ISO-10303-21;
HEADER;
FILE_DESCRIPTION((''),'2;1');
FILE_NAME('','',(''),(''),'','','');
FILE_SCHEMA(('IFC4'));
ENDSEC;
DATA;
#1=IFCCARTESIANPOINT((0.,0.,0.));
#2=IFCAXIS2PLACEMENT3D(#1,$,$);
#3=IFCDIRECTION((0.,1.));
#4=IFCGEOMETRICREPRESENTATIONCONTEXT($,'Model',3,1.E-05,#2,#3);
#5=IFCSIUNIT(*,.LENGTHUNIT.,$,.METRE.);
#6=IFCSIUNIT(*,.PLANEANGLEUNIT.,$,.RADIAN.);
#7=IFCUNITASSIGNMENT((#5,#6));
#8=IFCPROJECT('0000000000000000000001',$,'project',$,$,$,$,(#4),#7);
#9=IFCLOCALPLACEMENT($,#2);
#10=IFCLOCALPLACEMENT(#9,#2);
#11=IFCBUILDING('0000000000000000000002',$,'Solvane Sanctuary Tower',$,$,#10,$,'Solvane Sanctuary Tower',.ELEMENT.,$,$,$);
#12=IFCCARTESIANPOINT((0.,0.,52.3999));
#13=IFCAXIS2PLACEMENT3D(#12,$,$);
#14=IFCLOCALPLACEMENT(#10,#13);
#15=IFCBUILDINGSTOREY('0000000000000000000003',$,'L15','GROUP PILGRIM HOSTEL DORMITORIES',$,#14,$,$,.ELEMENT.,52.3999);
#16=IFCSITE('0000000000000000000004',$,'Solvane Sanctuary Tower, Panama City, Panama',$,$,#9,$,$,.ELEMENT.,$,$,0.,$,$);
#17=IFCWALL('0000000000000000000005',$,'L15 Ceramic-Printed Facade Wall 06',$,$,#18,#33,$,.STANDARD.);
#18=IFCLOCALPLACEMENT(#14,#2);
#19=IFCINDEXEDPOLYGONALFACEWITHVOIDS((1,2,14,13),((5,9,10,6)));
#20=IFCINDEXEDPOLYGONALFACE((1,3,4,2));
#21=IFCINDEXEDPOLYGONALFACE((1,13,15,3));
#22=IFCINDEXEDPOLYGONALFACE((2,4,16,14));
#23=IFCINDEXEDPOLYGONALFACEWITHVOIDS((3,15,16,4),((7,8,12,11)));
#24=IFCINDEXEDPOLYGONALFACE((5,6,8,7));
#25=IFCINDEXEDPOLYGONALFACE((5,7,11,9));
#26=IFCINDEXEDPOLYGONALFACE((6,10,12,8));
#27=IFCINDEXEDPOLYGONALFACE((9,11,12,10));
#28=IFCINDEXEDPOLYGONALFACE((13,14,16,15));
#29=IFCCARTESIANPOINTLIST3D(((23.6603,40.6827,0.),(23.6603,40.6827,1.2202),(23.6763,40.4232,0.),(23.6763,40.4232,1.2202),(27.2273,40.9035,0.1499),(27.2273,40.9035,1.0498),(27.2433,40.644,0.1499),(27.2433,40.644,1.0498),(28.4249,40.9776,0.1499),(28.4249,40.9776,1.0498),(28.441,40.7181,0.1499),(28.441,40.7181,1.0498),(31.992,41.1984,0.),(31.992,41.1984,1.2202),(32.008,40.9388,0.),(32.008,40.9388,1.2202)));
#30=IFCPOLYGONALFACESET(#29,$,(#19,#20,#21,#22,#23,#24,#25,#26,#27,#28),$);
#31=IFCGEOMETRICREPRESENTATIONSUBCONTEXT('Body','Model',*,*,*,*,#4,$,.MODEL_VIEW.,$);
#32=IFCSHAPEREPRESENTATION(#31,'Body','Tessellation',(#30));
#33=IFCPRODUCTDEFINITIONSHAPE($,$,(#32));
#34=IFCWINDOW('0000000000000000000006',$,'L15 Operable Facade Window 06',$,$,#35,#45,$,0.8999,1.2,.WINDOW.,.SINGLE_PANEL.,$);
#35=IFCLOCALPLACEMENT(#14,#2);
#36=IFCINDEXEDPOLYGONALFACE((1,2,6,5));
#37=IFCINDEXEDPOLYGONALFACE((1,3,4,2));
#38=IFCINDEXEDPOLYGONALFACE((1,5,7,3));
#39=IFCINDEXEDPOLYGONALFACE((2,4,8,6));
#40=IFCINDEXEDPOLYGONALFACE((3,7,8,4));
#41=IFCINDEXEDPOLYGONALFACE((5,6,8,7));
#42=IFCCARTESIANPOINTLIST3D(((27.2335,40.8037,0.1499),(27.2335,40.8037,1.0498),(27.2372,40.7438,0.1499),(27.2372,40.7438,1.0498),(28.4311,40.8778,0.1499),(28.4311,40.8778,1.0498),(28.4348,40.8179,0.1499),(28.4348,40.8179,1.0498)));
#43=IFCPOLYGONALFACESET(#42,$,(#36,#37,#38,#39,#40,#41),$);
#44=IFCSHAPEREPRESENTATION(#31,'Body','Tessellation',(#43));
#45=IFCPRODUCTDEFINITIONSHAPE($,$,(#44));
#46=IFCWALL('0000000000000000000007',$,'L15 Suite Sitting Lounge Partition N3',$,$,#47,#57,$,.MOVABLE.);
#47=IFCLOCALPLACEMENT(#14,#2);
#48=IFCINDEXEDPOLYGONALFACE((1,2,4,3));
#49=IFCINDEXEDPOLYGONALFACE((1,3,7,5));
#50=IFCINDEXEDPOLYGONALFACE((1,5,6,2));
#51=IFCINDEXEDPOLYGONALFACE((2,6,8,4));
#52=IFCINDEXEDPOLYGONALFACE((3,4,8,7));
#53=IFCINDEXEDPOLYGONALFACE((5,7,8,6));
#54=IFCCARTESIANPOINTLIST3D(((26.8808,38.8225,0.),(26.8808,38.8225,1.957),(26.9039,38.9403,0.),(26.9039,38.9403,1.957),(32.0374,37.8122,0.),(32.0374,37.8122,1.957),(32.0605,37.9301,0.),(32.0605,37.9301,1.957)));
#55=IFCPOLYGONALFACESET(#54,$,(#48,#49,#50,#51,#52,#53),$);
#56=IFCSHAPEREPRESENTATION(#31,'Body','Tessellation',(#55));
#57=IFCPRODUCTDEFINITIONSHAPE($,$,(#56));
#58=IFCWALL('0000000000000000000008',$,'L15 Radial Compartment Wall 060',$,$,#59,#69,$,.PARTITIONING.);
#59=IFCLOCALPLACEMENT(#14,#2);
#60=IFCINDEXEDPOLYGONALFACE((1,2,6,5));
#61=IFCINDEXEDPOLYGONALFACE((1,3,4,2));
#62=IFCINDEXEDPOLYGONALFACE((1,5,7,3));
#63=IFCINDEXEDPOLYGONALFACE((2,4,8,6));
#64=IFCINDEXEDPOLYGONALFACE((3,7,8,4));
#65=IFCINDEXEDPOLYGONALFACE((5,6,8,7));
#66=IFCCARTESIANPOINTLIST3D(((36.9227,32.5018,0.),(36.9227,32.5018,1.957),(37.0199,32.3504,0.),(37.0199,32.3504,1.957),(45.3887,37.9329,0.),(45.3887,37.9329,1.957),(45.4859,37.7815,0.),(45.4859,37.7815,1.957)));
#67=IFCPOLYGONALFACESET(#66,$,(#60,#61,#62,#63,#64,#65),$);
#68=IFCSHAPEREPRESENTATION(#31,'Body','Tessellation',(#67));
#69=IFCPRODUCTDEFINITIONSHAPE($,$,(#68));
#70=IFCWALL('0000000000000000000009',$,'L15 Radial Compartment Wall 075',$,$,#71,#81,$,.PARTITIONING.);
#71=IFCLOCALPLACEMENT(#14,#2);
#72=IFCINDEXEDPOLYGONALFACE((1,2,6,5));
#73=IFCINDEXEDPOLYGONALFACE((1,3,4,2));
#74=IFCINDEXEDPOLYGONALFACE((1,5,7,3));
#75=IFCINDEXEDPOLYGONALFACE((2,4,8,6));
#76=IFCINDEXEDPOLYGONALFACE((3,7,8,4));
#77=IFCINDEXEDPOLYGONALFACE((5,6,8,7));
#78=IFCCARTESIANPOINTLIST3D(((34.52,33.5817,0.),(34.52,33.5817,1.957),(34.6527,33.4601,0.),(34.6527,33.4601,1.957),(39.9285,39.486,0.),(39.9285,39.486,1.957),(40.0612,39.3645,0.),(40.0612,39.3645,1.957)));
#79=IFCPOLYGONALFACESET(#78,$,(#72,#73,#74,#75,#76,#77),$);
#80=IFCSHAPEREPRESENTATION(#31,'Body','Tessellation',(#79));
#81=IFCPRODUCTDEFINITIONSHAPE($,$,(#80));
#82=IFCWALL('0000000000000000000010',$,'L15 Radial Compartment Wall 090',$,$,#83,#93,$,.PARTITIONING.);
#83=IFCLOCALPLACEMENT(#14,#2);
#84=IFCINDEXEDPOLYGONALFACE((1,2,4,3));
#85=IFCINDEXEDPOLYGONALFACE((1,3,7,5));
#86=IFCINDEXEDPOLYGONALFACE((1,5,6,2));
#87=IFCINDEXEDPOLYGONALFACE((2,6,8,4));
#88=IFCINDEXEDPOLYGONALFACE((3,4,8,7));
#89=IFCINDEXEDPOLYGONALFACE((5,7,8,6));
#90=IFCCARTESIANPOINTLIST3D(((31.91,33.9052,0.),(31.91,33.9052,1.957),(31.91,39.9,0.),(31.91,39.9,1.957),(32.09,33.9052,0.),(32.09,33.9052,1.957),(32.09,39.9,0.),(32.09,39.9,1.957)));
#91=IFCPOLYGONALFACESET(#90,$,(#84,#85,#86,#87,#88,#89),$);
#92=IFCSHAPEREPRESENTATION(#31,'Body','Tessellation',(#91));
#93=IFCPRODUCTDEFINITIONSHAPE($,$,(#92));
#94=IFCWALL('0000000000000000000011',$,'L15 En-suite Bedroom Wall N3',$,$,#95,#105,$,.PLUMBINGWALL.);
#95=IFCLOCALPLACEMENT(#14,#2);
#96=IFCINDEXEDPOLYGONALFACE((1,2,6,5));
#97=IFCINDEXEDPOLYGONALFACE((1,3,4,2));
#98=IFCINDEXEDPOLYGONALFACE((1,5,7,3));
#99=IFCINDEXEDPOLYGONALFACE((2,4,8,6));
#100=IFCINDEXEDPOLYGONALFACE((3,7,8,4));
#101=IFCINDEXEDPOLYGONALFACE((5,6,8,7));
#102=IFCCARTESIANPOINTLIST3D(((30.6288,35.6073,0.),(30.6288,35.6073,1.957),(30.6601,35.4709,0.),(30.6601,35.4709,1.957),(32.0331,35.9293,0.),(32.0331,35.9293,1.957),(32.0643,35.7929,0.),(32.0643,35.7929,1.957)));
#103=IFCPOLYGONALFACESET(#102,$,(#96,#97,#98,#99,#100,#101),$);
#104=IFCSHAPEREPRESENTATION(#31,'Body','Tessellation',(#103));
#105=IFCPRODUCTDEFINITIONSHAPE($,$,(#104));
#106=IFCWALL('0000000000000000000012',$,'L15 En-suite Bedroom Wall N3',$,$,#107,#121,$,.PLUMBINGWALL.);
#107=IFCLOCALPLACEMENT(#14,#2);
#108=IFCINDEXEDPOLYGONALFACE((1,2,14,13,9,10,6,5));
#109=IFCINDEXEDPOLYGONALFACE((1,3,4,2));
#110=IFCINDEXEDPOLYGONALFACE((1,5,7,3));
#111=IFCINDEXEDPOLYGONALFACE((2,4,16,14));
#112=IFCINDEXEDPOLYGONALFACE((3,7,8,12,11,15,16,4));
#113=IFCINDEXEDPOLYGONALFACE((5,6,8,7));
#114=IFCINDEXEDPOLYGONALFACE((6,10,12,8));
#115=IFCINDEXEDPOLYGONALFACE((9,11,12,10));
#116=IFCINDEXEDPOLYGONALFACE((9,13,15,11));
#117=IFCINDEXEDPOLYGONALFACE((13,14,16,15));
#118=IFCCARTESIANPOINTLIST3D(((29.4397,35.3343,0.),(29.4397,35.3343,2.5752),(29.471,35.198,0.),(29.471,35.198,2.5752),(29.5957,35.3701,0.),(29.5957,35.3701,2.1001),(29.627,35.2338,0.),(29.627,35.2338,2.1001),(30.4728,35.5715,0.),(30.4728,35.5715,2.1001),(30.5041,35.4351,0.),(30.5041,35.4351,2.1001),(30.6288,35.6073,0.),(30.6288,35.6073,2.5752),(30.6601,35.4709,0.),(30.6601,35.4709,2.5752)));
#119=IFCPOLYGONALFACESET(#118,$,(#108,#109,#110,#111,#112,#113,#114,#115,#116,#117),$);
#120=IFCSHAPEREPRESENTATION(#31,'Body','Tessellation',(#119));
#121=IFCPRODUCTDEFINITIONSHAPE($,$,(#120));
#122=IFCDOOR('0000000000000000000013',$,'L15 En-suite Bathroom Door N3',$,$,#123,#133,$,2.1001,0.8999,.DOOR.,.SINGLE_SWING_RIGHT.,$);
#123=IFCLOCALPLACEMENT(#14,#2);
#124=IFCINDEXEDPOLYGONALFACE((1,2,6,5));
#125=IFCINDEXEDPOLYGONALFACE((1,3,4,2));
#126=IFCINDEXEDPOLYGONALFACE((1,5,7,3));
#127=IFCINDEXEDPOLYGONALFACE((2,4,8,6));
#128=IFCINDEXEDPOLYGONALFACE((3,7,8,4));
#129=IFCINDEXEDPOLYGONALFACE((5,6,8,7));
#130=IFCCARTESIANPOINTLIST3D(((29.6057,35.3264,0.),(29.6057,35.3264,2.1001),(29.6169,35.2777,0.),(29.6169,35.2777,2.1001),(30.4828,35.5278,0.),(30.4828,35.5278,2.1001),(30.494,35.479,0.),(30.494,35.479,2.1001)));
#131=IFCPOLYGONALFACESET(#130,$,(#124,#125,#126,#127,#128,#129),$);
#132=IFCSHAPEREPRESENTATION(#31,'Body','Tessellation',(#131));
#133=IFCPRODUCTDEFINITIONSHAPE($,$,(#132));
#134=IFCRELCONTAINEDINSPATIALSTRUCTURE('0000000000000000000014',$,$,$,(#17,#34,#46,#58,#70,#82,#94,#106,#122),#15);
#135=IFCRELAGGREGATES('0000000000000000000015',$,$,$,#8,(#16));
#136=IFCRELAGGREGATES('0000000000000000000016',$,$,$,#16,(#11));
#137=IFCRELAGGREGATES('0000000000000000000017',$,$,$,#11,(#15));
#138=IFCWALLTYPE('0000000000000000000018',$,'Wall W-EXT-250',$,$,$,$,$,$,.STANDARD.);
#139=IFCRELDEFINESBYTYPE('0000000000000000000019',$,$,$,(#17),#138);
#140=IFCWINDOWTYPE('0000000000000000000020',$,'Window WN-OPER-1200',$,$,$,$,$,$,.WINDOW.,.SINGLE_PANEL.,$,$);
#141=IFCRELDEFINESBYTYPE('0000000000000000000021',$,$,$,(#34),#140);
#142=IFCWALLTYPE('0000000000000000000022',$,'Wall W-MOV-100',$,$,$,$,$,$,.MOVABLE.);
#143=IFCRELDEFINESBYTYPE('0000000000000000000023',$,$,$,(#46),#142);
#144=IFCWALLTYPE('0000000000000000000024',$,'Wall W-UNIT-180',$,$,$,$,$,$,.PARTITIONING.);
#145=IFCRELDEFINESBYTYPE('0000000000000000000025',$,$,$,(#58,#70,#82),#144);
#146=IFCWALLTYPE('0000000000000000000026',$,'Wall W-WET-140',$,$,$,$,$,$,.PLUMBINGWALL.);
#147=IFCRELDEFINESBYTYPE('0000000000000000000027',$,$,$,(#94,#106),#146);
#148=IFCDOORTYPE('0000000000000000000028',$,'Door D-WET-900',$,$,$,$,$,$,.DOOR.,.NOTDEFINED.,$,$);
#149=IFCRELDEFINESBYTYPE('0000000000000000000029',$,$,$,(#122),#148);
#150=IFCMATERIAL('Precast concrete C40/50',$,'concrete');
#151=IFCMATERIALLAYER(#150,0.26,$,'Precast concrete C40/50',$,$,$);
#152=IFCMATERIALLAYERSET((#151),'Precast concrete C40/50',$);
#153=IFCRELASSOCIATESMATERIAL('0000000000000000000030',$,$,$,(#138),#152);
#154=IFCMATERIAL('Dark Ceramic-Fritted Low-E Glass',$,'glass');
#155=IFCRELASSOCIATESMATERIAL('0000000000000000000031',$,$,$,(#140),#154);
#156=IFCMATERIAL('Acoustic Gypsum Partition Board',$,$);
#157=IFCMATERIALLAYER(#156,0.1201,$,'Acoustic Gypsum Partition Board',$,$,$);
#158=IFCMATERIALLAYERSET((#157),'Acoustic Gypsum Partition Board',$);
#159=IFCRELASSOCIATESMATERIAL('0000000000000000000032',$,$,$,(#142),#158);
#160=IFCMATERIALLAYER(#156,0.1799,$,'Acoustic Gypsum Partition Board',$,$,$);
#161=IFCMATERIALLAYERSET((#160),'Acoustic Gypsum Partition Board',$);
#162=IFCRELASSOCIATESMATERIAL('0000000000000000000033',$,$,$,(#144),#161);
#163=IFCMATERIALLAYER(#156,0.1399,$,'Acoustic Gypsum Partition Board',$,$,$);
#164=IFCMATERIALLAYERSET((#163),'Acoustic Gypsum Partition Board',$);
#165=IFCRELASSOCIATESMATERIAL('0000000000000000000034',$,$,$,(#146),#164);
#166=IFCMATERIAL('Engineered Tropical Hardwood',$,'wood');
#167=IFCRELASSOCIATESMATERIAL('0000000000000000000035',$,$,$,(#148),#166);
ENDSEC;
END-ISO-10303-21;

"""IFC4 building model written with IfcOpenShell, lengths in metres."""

from ifc_helpers import new_model, si_unit, direction, frame, frame_2d, origin, place, context, subcontext, project, spatial, rectangle, extrude, material, layer, layer_set, type_object, element, fill, save


model = new_model("IFC4")

# Units and contexts
model_context = context("Model", 3, precision=1e-05, world=origin(), true_north=direction((0.0, 1.0)))
body_context = subcontext(model_context, "Body", "Model", "MODEL_VIEW")
ifc_project = project(units=[si_unit("LENGTHUNIT", "METRE"), si_unit("PLANEANGLEUNIT", "RADIAN")], contexts=[model_context])

# Site, building, storey
site_placement = place(None, origin())
site = spatial("IfcSite", under=ifc_project, at=site_placement, Name="Solvane Sanctuary Tower, Panama City, Panama", CompositionType="ELEMENT", RefElevation=0.0)
building_placement = place(site_placement, origin())
building = spatial("IfcBuilding", under=site, at=building_placement, Name="Solvane Sanctuary Tower", LongName="Solvane Sanctuary Tower", CompositionType="ELEMENT")
storey_placement = place(building_placement, frame((0.0, 0.0, 52.3999)))
storey = spatial("IfcBuildingStorey", under=building, at=storey_placement, Name="L15", Description="GROUP PILGRIM HOSTEL DORMITORIES", CompositionType="ELEMENT", Elevation=52.3999)

# Shared definitions
ifc_material_1 = material(Name="Acoustic Gypsum Partition Board")

# Shared definitions
ifc_material_2 = material(Name="Engineered Tropical Hardwood", Category="wood")

# Wall, opening, window
ifc_material_3 = material(Name="Precast concrete C40/50", Category="concrete")
ifc_layer_1 = layer(ifc_material_3, 0.26, Name="Precast concrete C40/50")
ifc_layer_set_1 = layer_set([ifc_layer_1], Name="Precast concrete C40/50")
wall_type_1 = type_object("IfcWallType", Name="Wall W-EXT-250", PredefinedType="STANDARD", material=ifc_layer_set_1)
wall_1_placement = place(storey_placement, frame((32.0, 41.0686, 0.0), z_axis=(0.0, 0.0, 1.0), x_axis=(-0.998091, -0.061768, 0.0)))
wall_1 = element("IfcWall", 1, at=wall_1_placement, inside=storey, type_object=wall_type_1, Name="L15 Ceramic-Printed Facade Wall 06", PredefinedType="STANDARD", context=body_context, shape_type="SweptSolid", body=[
    extrude(rectangle(XDim=8.3477, YDim=0.26, at=frame_2d((4.1738, 0.0))), origin(), (0.0, 0.0, 1.0), 1.2202),
])
opening_1_placement = place(wall_1_placement, frame((3.5737, 0.0, 0.1499)))
opening_1 = element("IfcOpeningElement", 2, at=opening_1_placement, cuts=wall_1, PredefinedType="OPENING", context=body_context, shape_type="SweptSolid", body=[
    extrude(rectangle(XDim=1.2, YDim=0.8999, at=frame_2d((0.6001, 0.45))), frame((0.0, 0.1399, 0.0), z_axis=(0.0, -1.0, 0.0), x_axis=(1.0, 0.0, 0.0)), (0.0, 0.0, 1.0), 0.28),
])
ifc_material_4 = material(Name="Dark Ceramic-Fritted Low-E Glass", Category="glass")
window_type = type_object("IfcWindowType", Name="Window WN-OPER-1200", PartitioningType="SINGLE_PANEL", PredefinedType="WINDOW", material=ifc_material_4)
window_placement = place(opening_1_placement, origin())
window = element("IfcWindow", 3, at=window_placement, inside=storey, type_object=window_type, Name="L15 Operable Facade Window 06", OverallHeight=0.8999, OverallWidth=1.2, PartitioningType="SINGLE_PANEL", PredefinedType="WINDOW", context=body_context, shape_type="SweptSolid", body=[
    extrude(rectangle(XDim=1.2, YDim=0.8999, at=frame_2d((0.6001, 0.45))), frame((0.0, 0.03, 0.0), z_axis=(0.0, -1.0, 0.0), x_axis=(1.0, 0.0, 0.0)), (0.0, 0.0, 1.0), 0.0601),
])
fill(opening_1, window)

# Walls
ifc_layer_2 = layer(ifc_material_1, 0.1201, Name="Acoustic Gypsum Partition Board")
ifc_layer_set_2 = layer_set([ifc_layer_2], Name="Acoustic Gypsum Partition Board")
wall_type_2 = type_object("IfcWallType", Name="Wall W-MOV-100", PredefinedType="MOVABLE", material=ifc_layer_set_2)
wall_2_placement = place(storey_placement, frame((32.0491, 37.8711, 0.0), z_axis=(0.0, 0.0, 1.0), x_axis=(-0.981343, 0.192264, 0.0)))
element("IfcWall", 4, at=wall_2_placement, inside=storey, type_object=wall_type_2, Name="L15 Suite Sitting Lounge Partition N3", PredefinedType="MOVABLE", context=body_context, shape_type="SweptSolid", body=[
    extrude(rectangle(XDim=5.2546, YDim=0.1201, at=frame_2d((2.6274, 0.0))), origin(), (0.0, 0.0, 1.0), 1.957),
])
ifc_layer_3 = layer(ifc_material_1, 0.1799, Name="Acoustic Gypsum Partition Board")
ifc_layer_set_3 = layer_set([ifc_layer_3], Name="Acoustic Gypsum Partition Board")
wall_type_3 = type_object("IfcWallType", Name="Wall W-UNIT-180", PredefinedType="PARTITIONING", material=ifc_layer_set_3)
wall_3_placement = place(storey_placement, frame((36.9712, 32.426, 0.0), z_axis=(0.0, 0.0, 1.0), x_axis=(0.84169, 0.539961, 0.0)))
element("IfcWall", 5, at=wall_3_placement, inside=storey, type_object=wall_type_3, Name="L15 Radial Compartment Wall 060", PredefinedType="PARTITIONING", context=body_context, shape_type="SweptSolid", body=[
    extrude(rectangle(XDim=10.0583, YDim=0.1799, at=frame_2d((5.0293, 0.0))), origin(), (0.0, 0.0, 1.0), 1.957),
])
wall_4_placement = place(storey_placement, frame((34.5864, 33.521, 0.0), z_axis=(0.0, 0.0, 1.0), x_axis=(0.675465, 0.737392, 0.0)))
element("IfcWall", 6, at=wall_4_placement, inside=storey, type_object=wall_type_3, Name="L15 Radial Compartment Wall 075", PredefinedType="PARTITIONING", context=body_context, shape_type="SweptSolid", body=[
    extrude(rectangle(XDim=8.0071, YDim=0.1799, at=frame_2d((4.0034, 0.0))), origin(), (0.0, 0.0, 1.0), 1.957),
])
wall_5_placement = place(storey_placement, frame((32.0, 33.905, 0.0), z_axis=(0.0, 0.0, 1.0), x_axis=(0.0, 1.0, 0.0)))
element("IfcWall", 7, at=wall_5_placement, inside=storey, type_object=wall_type_3, Name="L15 Radial Compartment Wall 090", PredefinedType="PARTITIONING", context=body_context, shape_type="SweptSolid", body=[
    extrude(rectangle(XDim=5.9949, YDim=0.1799, at=frame_2d((2.9976, 0.0))), origin(), (0.0, 0.0, 1.0), 1.957),
])
ifc_layer_4 = layer(ifc_material_1, 0.1399, Name="Acoustic Gypsum Partition Board")
ifc_layer_set_4 = layer_set([ifc_layer_4], Name="Acoustic Gypsum Partition Board")
wall_type_4 = type_object("IfcWallType", Name="Wall W-WET-140", PredefinedType="PLUMBINGWALL", material=ifc_layer_set_4)
wall_6_placement = place(storey_placement, frame((32.0486, 35.8611, 0.0), z_axis=(0.0, 0.0, 1.0), x_axis=(-0.974702, -0.22351, 0.0)))
element("IfcWall", 8, at=wall_6_placement, inside=storey, type_object=wall_type_4, Name="L15 En-suite Bedroom Wall N3", PredefinedType="PLUMBINGWALL", context=body_context, shape_type="SweptSolid", body=[
    extrude(rectangle(XDim=1.4407, YDim=0.1399, at=frame_2d((0.7202, 0.0))), origin(), (0.0, 0.0, 1.0), 1.957),
])

# Wall, opening, door
wall_7_placement = place(storey_placement, frame((30.6443, 35.5391, 0.0), z_axis=(0.0, 0.0, 1.0), x_axis=(-0.974647, -0.223749, 0.0)))
wall_7 = element("IfcWall", 9, at=wall_7_placement, inside=storey, type_object=wall_type_4, Name="L15 En-suite Bedroom Wall N3", PredefinedType="PLUMBINGWALL", context=body_context, shape_type="SweptSolid", body=[
    extrude(rectangle(XDim=1.22, YDim=0.1399, at=frame_2d((0.6099, 0.0))), origin(), (0.0, 0.0, 1.0), 2.5752),
])
opening_2_placement = place(wall_7_placement, frame((0.1599, 0.0, 0.0)))
opening_2 = element("IfcOpeningElement", 10, at=opening_2_placement, cuts=wall_7, PredefinedType="OPENING", context=body_context, shape_type="SweptSolid", body=[
    extrude(rectangle(XDim=0.8999, YDim=2.1001, at=frame_2d((0.45, 1.05))), frame((0.0, 0.0798, 0.0), z_axis=(0.0, -1.0, 0.0), x_axis=(1.0, 0.0, 0.0)), (0.0, 0.0, 1.0), 0.1599),
])
door_type_1 = type_object("IfcDoorType", Name="Door D-WET-900", OperationType="NOTDEFINED", PredefinedType="DOOR", material=ifc_material_2)
door_1_placement = place(opening_2_placement, origin())
door_1 = element("IfcDoor", 11, at=door_1_placement, inside=storey, type_object=door_type_1, Name="L15 En-suite Bathroom Door N3", OperationType="SINGLE_SWING_RIGHT", OverallHeight=2.1001, OverallWidth=0.8999, PredefinedType="DOOR", context=body_context, shape_type="SweptSolid", body=[
    extrude(rectangle(XDim=0.8999, YDim=2.1001, at=frame_2d((0.45, 1.05))), frame((0.0, 0.0249, 0.0), z_axis=(0.0, -1.0, 0.0), x_axis=(1.0, 0.0, 0.0)), (0.0, 0.0, 1.0), 0.05),
])
fill(opening_2, door_1)

save(model, "model.ifc")
